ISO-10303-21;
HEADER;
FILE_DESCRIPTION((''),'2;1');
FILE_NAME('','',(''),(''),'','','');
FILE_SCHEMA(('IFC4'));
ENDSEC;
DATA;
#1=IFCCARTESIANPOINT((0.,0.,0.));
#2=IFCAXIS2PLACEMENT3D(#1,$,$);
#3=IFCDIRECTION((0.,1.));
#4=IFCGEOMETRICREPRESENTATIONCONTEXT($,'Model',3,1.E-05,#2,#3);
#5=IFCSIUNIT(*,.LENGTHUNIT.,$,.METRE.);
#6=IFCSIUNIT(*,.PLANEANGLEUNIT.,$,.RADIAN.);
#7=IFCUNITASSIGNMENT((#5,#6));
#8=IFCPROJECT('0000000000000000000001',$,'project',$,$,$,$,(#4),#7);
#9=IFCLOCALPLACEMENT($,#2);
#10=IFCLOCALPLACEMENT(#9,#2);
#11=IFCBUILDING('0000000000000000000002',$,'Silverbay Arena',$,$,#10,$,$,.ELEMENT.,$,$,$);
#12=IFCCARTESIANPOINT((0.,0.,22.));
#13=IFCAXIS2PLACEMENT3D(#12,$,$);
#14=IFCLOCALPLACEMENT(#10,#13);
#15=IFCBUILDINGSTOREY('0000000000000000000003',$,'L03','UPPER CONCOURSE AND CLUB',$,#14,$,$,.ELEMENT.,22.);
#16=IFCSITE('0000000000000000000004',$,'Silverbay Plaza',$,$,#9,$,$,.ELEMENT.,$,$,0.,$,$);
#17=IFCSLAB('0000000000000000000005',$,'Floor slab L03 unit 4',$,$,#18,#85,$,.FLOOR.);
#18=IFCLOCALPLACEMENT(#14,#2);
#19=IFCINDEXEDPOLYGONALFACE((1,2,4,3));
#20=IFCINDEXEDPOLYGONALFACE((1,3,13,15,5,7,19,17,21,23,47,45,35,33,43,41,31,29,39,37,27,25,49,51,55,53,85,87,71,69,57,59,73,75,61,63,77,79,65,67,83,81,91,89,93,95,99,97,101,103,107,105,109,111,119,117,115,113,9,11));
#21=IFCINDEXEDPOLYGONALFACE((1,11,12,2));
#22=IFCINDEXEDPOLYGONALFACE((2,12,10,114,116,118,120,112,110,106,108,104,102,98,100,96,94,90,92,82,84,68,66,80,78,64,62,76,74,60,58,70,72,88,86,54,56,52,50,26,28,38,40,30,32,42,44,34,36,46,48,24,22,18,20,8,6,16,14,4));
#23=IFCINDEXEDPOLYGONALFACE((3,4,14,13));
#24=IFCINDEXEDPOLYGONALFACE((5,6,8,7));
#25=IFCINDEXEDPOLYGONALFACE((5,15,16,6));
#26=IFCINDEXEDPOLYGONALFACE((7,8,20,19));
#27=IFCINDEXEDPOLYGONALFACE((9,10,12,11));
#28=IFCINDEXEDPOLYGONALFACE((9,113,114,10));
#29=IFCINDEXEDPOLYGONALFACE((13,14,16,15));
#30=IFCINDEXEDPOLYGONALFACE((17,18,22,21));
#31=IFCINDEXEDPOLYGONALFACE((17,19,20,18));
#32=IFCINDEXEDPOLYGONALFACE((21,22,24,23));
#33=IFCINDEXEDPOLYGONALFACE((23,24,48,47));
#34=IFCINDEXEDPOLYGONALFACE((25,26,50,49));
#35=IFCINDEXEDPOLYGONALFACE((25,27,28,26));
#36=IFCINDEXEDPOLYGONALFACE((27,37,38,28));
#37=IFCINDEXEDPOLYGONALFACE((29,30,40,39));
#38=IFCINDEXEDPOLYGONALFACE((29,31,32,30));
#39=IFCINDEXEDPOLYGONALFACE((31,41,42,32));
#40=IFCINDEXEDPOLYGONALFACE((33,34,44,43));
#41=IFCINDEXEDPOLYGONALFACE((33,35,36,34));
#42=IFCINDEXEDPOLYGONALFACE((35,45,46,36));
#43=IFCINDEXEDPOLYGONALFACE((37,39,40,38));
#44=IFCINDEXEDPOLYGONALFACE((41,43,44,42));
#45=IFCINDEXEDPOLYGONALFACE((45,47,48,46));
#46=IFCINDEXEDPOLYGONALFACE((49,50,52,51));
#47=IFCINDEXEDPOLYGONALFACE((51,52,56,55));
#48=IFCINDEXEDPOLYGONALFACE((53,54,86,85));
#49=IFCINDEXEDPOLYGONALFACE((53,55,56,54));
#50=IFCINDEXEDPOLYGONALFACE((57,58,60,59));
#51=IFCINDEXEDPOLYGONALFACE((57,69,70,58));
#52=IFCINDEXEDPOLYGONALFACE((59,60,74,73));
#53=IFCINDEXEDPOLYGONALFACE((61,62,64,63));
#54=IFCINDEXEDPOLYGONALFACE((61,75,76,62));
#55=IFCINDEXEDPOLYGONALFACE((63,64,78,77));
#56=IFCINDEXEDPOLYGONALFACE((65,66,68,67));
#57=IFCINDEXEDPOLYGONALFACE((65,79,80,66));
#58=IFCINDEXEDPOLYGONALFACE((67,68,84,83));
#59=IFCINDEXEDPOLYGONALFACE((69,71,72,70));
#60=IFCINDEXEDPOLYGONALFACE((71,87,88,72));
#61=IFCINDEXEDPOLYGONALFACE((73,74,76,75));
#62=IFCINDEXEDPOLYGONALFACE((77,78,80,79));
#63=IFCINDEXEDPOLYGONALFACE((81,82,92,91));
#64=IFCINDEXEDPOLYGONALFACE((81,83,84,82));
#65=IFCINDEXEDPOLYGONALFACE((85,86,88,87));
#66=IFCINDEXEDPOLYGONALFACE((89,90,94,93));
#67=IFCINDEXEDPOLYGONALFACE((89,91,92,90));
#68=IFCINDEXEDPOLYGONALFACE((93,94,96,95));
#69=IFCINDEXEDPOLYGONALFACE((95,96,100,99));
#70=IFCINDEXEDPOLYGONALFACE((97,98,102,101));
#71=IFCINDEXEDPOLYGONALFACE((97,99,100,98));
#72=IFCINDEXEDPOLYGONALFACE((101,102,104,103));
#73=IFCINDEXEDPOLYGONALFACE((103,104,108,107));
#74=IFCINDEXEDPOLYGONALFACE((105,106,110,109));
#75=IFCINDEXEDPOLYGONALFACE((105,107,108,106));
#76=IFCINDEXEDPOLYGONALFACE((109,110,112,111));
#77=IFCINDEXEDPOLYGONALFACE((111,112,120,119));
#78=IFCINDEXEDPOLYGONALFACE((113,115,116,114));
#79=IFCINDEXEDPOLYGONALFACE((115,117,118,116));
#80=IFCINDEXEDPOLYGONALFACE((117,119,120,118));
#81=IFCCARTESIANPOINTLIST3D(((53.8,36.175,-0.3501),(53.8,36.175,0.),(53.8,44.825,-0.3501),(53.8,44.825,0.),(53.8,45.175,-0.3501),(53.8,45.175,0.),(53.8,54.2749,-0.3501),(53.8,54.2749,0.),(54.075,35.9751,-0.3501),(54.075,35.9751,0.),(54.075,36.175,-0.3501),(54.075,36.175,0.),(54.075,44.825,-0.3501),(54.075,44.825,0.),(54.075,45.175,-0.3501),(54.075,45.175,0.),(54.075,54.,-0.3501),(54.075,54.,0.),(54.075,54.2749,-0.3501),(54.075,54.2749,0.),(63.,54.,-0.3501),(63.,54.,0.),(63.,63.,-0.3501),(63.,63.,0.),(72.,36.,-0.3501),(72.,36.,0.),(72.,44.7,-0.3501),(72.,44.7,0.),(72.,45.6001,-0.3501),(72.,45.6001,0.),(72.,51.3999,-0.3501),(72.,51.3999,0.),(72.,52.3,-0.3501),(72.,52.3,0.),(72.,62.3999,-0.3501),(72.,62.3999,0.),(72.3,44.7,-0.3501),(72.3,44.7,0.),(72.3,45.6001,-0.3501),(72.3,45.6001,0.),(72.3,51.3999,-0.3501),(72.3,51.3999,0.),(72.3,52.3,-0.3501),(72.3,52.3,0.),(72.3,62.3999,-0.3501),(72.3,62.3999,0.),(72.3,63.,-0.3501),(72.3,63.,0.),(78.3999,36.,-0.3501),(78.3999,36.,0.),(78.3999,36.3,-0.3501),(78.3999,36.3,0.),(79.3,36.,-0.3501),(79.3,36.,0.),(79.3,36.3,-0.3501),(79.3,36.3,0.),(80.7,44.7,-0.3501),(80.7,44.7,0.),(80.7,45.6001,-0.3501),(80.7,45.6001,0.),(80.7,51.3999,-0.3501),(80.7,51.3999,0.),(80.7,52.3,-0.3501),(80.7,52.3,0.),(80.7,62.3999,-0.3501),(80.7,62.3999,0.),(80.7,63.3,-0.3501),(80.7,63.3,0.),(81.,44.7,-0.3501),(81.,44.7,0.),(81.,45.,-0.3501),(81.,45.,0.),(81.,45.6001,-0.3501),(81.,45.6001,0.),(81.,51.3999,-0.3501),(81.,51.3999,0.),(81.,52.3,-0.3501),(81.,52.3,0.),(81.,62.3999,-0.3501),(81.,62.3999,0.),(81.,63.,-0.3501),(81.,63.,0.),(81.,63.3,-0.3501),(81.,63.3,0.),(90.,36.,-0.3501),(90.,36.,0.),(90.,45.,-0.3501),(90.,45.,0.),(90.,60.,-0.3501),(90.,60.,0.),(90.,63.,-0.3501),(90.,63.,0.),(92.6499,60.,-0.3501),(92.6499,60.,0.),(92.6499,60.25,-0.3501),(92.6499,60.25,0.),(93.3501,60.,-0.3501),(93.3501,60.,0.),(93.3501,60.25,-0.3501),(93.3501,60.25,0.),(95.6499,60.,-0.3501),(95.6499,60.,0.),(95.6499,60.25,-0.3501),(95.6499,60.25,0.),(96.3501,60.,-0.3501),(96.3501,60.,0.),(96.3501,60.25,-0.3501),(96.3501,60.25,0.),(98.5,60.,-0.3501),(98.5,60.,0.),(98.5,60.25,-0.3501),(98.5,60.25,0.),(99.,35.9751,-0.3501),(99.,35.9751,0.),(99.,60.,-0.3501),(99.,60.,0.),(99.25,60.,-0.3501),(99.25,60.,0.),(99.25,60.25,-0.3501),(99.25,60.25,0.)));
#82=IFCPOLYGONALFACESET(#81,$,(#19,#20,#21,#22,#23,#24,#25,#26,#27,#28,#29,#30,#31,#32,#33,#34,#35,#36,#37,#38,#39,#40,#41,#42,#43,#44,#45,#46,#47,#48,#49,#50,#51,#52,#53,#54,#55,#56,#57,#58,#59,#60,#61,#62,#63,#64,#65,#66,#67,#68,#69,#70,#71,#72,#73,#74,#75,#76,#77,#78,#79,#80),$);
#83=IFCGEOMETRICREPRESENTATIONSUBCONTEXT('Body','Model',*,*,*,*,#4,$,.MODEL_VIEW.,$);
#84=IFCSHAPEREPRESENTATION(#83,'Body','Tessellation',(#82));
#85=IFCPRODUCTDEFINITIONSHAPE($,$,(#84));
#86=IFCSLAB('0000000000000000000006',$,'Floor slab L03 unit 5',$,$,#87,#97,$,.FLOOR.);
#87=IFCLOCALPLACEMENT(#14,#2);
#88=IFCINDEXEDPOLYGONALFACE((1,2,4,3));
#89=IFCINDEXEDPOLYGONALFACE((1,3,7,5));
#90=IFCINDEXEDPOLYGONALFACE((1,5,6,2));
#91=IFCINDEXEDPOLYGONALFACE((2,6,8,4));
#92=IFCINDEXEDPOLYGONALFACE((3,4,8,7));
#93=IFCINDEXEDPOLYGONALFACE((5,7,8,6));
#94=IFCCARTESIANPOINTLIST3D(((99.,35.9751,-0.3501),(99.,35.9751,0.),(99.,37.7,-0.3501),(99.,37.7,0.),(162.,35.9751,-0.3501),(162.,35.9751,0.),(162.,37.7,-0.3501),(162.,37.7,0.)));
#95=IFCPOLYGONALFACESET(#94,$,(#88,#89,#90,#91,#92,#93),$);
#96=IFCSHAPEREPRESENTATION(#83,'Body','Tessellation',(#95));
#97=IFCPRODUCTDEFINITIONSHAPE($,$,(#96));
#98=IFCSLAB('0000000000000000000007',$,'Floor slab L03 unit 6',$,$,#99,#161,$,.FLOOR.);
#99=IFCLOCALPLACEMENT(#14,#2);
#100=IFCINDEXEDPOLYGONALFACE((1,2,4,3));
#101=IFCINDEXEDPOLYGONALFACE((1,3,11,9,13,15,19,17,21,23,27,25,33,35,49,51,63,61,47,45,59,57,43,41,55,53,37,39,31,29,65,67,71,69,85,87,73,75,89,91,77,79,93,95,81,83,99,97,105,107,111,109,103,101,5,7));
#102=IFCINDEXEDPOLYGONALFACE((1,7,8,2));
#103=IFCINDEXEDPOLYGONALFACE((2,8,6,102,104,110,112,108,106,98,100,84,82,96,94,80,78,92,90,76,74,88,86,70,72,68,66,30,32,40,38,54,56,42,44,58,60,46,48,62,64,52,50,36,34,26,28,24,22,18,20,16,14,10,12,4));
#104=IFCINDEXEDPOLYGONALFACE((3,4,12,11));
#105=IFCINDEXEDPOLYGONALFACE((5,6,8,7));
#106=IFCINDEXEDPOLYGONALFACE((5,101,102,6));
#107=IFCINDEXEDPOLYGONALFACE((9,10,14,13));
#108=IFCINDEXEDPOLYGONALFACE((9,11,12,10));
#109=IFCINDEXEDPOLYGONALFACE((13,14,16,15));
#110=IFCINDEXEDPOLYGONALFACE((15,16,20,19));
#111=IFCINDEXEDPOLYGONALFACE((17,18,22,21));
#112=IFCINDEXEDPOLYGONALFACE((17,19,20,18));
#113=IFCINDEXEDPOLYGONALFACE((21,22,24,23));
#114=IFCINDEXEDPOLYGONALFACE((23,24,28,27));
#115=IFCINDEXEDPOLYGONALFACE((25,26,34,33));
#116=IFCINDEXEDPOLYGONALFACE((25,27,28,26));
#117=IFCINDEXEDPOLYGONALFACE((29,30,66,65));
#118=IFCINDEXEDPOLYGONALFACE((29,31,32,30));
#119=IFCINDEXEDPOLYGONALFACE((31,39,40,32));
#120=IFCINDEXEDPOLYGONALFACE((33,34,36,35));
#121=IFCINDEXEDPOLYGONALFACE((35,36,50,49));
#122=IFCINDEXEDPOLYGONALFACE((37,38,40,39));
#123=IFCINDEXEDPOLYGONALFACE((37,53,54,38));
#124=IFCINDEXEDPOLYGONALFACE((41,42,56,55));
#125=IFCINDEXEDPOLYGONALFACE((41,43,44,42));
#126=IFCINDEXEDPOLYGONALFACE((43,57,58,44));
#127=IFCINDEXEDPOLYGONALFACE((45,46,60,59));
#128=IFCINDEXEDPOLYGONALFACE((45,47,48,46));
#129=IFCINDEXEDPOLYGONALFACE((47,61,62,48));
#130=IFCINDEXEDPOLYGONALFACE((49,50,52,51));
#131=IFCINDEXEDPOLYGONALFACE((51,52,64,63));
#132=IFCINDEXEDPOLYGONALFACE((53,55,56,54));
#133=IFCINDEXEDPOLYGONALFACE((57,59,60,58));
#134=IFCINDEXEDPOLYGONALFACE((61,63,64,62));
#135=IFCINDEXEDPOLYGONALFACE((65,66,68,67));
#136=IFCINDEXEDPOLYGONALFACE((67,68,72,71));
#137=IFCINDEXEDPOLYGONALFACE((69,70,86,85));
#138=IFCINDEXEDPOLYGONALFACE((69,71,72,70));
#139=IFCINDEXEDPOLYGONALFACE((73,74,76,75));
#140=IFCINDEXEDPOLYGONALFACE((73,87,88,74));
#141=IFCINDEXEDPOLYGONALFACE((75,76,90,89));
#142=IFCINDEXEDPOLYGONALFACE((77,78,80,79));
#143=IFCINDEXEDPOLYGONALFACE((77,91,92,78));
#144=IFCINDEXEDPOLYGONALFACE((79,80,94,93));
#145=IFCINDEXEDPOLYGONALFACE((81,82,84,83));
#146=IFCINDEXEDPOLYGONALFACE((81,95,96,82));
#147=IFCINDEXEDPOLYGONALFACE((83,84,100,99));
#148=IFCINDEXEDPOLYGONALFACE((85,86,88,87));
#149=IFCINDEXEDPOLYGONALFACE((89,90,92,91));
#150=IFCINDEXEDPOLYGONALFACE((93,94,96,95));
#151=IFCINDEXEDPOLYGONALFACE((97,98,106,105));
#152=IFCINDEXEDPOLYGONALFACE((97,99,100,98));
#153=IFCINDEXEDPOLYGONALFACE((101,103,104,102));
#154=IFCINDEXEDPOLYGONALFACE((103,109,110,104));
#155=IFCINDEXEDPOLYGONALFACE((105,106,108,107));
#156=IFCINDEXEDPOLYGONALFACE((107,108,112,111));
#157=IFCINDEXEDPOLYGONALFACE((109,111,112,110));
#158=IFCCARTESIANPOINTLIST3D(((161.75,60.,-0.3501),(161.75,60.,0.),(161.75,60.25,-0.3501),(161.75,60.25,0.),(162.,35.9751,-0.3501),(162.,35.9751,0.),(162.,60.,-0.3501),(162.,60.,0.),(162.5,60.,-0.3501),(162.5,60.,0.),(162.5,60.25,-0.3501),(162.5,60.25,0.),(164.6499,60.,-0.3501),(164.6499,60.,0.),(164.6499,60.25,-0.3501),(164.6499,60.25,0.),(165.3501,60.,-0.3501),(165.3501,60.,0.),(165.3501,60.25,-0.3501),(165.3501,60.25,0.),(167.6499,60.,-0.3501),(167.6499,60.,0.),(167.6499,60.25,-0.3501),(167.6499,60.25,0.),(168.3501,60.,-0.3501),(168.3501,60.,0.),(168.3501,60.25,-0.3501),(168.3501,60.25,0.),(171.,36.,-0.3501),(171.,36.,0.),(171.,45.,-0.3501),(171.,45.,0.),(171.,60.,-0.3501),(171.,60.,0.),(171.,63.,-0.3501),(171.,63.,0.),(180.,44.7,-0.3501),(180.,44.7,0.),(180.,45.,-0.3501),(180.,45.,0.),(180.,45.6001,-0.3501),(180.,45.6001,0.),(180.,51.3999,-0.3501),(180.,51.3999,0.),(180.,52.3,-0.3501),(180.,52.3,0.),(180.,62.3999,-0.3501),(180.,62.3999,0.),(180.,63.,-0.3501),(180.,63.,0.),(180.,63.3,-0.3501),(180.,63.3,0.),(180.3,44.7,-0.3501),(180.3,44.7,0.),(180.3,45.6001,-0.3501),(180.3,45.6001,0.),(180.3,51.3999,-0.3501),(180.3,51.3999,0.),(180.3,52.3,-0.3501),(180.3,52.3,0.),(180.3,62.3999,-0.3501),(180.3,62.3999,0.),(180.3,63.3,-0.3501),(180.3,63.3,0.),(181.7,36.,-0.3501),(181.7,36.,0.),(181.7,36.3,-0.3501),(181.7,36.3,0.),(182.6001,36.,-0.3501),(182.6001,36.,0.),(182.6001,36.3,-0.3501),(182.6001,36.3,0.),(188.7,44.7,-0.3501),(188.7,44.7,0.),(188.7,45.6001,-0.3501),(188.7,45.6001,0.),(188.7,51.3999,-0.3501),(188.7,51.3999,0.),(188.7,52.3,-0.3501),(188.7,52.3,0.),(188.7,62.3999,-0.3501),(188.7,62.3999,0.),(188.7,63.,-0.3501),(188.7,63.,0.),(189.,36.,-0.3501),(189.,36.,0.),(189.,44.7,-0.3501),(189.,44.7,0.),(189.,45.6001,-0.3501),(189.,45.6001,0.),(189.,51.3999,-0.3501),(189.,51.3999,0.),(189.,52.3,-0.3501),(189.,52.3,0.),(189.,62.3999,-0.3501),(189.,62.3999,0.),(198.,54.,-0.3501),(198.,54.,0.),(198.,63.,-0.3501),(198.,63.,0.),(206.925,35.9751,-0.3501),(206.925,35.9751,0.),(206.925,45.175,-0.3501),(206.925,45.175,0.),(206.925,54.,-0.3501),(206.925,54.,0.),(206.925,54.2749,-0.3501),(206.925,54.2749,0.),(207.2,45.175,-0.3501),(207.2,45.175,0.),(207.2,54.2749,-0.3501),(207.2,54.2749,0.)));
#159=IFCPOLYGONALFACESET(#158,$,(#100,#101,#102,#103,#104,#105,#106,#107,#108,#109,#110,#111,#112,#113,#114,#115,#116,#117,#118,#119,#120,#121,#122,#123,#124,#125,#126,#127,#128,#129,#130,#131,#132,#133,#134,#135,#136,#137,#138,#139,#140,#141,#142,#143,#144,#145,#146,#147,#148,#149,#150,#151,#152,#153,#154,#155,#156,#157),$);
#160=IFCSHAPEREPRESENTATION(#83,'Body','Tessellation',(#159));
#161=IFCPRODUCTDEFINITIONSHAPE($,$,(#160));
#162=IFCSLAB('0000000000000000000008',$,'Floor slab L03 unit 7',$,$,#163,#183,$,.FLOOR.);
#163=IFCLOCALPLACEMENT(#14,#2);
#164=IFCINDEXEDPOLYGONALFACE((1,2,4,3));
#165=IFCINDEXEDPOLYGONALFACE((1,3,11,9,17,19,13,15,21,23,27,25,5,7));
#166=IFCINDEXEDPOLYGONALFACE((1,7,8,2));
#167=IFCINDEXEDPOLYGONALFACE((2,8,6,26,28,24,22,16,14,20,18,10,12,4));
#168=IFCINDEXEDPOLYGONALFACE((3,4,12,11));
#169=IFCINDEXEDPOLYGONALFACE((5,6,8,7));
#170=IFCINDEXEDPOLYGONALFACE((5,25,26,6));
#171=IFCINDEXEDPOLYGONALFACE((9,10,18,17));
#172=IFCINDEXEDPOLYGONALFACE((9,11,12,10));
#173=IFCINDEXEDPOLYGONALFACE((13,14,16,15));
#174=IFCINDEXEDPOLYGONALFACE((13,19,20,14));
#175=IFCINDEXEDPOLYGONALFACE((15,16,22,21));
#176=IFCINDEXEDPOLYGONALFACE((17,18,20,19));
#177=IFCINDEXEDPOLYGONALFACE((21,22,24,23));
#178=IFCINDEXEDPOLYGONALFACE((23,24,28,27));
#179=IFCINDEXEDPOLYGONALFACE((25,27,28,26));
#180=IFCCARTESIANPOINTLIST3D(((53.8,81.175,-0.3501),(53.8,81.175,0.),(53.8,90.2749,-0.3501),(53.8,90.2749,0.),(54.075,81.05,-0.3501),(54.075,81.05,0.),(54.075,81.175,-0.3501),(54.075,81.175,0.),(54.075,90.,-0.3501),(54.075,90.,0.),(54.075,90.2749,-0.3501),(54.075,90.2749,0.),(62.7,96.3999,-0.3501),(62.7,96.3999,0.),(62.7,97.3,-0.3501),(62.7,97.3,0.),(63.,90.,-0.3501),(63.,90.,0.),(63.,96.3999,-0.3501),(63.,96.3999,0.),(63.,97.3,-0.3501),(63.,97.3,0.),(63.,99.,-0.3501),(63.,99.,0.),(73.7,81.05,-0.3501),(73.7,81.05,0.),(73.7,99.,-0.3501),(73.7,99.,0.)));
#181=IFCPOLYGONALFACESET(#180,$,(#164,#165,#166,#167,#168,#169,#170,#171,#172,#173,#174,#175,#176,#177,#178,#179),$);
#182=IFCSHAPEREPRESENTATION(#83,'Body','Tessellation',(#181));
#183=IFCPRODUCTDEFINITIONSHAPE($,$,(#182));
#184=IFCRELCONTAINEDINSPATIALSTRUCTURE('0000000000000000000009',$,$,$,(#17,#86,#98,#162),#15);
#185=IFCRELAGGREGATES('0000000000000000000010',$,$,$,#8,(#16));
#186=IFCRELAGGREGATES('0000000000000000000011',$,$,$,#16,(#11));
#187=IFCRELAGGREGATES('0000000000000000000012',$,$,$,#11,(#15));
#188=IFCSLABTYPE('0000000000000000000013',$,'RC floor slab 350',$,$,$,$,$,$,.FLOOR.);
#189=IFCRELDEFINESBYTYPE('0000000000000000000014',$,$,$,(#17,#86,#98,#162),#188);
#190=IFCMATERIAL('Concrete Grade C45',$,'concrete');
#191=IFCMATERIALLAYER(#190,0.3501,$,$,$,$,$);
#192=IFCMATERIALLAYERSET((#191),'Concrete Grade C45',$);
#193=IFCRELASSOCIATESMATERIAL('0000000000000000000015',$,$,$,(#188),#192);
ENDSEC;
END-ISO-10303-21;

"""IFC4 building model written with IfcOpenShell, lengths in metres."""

from ifc_helpers import new_model, si_unit, direction, frame, origin, place, context, subcontext, project, spatial, polyline, outline, extrude, material, layer, layer_set, type_object, element, save


model = new_model("IFC4")

# Units and contexts
model_context = context("Model", 3, precision=1e-05, world=origin(), true_north=direction((0.0, 1.0)))
body_context = subcontext(model_context, "Body", "Model", "MODEL_VIEW")
ifc_project = project(units=[si_unit("LENGTHUNIT", "METRE"), si_unit("PLANEANGLEUNIT", "RADIAN")], contexts=[model_context])

# Site, building, storey
site_placement = place(None, origin())
site = spatial("IfcSite", under=ifc_project, at=site_placement, Name="Silverbay Plaza", CompositionType="ELEMENT", RefElevation=0.0)
building_placement = place(site_placement, origin())
building = spatial("IfcBuilding", under=site, at=building_placement, Name="Silverbay Arena", CompositionType="ELEMENT")
storey_placement = place(building_placement, frame((0.0, 0.0, 22.0)))
storey = spatial("IfcBuildingStorey", under=building, at=storey_placement, Name="L03", Description="UPPER CONCOURSE AND CLUB", CompositionType="ELEMENT", Elevation=22.0)

# Slabs
ifc_material_1 = material(Name="Concrete Grade C45", Category="concrete")
ifc_layer_1 = layer(ifc_material_1, 0.3501)
ifc_layer_set_1 = layer_set([ifc_layer_1], Name="Concrete Grade C45")
slab_type_1 = type_object("IfcSlabType", Name="RC floor slab 350", PredefinedType="FLOOR", material=ifc_layer_set_1)
slab_1_placement = place(storey_placement, frame((0.0, 0.0, -0.3501)))
element("IfcSlab", 1, at=slab_1_placement, inside=storey, type_object=slab_type_1, Name="Floor slab L03 unit 4", PredefinedType="FLOOR", context=body_context, shape_type="SweptSolid", body=[
    extrude(outline(polyline([(53.8, 36.175), (53.8, 44.825), (54.075, 44.825), (54.075, 45.175), (53.8, 45.175), (53.8, 54.2749), (54.075, 54.2749), (54.075, 54.0), (63.0, 54.0), (63.0, 63.0), (72.3, 63.0), (72.3, 62.3999), (72.0, 62.3999), (72.0, 52.3), (72.3, 52.3), (72.3, 51.3999), (72.0, 51.3999), (72.0, 45.6001), (72.3, 45.6001), (72.3, 44.7), (72.0, 44.7), (72.0, 36.0), (78.3999, 36.0), (78.3999, 36.3), (79.3, 36.3), (79.3, 36.0), (90.0, 36.0), (90.0, 45.0), (81.0, 45.0), (81.0, 44.7), (80.7, 44.7), (80.7, 45.6001), (81.0, 45.6001), (81.0, 51.3999), (80.7, 51.3999), (80.7, 52.3), (81.0, 52.3), (81.0, 62.3999), (80.7, 62.3999), (80.7, 63.3), (81.0, 63.3), (81.0, 63.0), (90.0, 63.0), (90.0, 60.0), (92.6499, 60.0), (92.6499, 60.25), (93.3501, 60.25), (93.3501, 60.0), (95.6499, 60.0), (95.6499, 60.25), (96.3501, 60.25), (96.3501, 60.0), (98.5, 60.0), (98.5, 60.25), (99.25, 60.25), (99.25, 60.0), (99.0, 60.0), (99.0, 35.9751), (54.075, 35.9751), (54.075, 36.175), (53.8, 36.175)])), origin(), (0.0, 0.0, 1.0), 0.3501),
])
slab_2_placement = place(storey_placement, frame((0.0, 0.0, -0.3501)))
element("IfcSlab", 2, at=slab_2_placement, inside=storey, type_object=slab_type_1, Name="Floor slab L03 unit 5", PredefinedType="FLOOR", context=body_context, shape_type="SweptSolid", body=[
    extrude(outline(polyline([(99.0, 35.9751), (99.0, 37.7), (162.0, 37.7), (162.0, 35.9751), (99.0, 35.9751)])), origin(), (0.0, 0.0, 1.0), 0.3501),
])
slab_3_placement = place(storey_placement, frame((0.0, 0.0, -0.3501)))
element("IfcSlab", 3, at=slab_3_placement, inside=storey, type_object=slab_type_1, Name="Floor slab L03 unit 6", PredefinedType="FLOOR", context=body_context, shape_type="SweptSolid", body=[
    extrude(outline(polyline([(181.7, 36.3), (182.6001, 36.3), (182.6001, 36.0), (189.0, 36.0), (189.0, 44.7), (188.7, 44.7), (188.7, 45.6001), (189.0, 45.6001), (189.0, 51.3999), (188.7, 51.3999), (188.7, 52.3), (189.0, 52.3), (189.0, 62.3999), (188.7, 62.3999), (188.7, 63.0), (198.0, 63.0), (198.0, 54.0), (206.925, 54.0), (206.925, 54.2749), (207.2, 54.2749), (207.2, 45.175), (206.925, 45.175), (206.925, 35.9751), (162.0, 35.9751), (162.0, 60.0), (161.75, 60.0), (161.75, 60.25), (162.5, 60.25), (162.5, 60.0), (164.6499, 60.0), (164.6499, 60.25), (165.3501, 60.25), (165.3501, 60.0), (167.6499, 60.0), (167.6499, 60.25), (168.3501, 60.25), (168.3501, 60.0), (171.0, 60.0), (171.0, 63.0), (180.0, 63.0), (180.0, 63.3), (180.3, 63.3), (180.3, 62.3999), (180.0, 62.3999), (180.0, 52.3), (180.3, 52.3), (180.3, 51.3999), (180.0, 51.3999), (180.0, 45.6001), (180.3, 45.6001), (180.3, 44.7), (180.0, 44.7), (180.0, 45.0), (171.0, 45.0), (171.0, 36.0), (181.7, 36.0), (181.7, 36.3)])), origin(), (0.0, 0.0, 1.0), 0.3501),
])
slab_4_placement = place(storey_placement, frame((0.0, 0.0, -0.3501)))
element("IfcSlab", 4, at=slab_4_placement, inside=storey, type_object=slab_type_1, Name="Floor slab L03 unit 7", PredefinedType="FLOOR", context=body_context, shape_type="SweptSolid", body=[
    extrude(outline(polyline([(54.075, 81.175), (53.8, 81.175), (53.8, 90.2749), (54.075, 90.2749), (54.075, 90.0), (63.0, 90.0), (63.0, 96.3999), (62.7, 96.3999), (62.7, 97.3), (63.0, 97.3), (63.0, 99.0), (73.7, 99.0), (73.7, 81.05), (54.075, 81.05), (54.075, 81.175)])), origin(), (0.0, 0.0, 1.0), 0.3501),
])

save(model, "model.ifc")
